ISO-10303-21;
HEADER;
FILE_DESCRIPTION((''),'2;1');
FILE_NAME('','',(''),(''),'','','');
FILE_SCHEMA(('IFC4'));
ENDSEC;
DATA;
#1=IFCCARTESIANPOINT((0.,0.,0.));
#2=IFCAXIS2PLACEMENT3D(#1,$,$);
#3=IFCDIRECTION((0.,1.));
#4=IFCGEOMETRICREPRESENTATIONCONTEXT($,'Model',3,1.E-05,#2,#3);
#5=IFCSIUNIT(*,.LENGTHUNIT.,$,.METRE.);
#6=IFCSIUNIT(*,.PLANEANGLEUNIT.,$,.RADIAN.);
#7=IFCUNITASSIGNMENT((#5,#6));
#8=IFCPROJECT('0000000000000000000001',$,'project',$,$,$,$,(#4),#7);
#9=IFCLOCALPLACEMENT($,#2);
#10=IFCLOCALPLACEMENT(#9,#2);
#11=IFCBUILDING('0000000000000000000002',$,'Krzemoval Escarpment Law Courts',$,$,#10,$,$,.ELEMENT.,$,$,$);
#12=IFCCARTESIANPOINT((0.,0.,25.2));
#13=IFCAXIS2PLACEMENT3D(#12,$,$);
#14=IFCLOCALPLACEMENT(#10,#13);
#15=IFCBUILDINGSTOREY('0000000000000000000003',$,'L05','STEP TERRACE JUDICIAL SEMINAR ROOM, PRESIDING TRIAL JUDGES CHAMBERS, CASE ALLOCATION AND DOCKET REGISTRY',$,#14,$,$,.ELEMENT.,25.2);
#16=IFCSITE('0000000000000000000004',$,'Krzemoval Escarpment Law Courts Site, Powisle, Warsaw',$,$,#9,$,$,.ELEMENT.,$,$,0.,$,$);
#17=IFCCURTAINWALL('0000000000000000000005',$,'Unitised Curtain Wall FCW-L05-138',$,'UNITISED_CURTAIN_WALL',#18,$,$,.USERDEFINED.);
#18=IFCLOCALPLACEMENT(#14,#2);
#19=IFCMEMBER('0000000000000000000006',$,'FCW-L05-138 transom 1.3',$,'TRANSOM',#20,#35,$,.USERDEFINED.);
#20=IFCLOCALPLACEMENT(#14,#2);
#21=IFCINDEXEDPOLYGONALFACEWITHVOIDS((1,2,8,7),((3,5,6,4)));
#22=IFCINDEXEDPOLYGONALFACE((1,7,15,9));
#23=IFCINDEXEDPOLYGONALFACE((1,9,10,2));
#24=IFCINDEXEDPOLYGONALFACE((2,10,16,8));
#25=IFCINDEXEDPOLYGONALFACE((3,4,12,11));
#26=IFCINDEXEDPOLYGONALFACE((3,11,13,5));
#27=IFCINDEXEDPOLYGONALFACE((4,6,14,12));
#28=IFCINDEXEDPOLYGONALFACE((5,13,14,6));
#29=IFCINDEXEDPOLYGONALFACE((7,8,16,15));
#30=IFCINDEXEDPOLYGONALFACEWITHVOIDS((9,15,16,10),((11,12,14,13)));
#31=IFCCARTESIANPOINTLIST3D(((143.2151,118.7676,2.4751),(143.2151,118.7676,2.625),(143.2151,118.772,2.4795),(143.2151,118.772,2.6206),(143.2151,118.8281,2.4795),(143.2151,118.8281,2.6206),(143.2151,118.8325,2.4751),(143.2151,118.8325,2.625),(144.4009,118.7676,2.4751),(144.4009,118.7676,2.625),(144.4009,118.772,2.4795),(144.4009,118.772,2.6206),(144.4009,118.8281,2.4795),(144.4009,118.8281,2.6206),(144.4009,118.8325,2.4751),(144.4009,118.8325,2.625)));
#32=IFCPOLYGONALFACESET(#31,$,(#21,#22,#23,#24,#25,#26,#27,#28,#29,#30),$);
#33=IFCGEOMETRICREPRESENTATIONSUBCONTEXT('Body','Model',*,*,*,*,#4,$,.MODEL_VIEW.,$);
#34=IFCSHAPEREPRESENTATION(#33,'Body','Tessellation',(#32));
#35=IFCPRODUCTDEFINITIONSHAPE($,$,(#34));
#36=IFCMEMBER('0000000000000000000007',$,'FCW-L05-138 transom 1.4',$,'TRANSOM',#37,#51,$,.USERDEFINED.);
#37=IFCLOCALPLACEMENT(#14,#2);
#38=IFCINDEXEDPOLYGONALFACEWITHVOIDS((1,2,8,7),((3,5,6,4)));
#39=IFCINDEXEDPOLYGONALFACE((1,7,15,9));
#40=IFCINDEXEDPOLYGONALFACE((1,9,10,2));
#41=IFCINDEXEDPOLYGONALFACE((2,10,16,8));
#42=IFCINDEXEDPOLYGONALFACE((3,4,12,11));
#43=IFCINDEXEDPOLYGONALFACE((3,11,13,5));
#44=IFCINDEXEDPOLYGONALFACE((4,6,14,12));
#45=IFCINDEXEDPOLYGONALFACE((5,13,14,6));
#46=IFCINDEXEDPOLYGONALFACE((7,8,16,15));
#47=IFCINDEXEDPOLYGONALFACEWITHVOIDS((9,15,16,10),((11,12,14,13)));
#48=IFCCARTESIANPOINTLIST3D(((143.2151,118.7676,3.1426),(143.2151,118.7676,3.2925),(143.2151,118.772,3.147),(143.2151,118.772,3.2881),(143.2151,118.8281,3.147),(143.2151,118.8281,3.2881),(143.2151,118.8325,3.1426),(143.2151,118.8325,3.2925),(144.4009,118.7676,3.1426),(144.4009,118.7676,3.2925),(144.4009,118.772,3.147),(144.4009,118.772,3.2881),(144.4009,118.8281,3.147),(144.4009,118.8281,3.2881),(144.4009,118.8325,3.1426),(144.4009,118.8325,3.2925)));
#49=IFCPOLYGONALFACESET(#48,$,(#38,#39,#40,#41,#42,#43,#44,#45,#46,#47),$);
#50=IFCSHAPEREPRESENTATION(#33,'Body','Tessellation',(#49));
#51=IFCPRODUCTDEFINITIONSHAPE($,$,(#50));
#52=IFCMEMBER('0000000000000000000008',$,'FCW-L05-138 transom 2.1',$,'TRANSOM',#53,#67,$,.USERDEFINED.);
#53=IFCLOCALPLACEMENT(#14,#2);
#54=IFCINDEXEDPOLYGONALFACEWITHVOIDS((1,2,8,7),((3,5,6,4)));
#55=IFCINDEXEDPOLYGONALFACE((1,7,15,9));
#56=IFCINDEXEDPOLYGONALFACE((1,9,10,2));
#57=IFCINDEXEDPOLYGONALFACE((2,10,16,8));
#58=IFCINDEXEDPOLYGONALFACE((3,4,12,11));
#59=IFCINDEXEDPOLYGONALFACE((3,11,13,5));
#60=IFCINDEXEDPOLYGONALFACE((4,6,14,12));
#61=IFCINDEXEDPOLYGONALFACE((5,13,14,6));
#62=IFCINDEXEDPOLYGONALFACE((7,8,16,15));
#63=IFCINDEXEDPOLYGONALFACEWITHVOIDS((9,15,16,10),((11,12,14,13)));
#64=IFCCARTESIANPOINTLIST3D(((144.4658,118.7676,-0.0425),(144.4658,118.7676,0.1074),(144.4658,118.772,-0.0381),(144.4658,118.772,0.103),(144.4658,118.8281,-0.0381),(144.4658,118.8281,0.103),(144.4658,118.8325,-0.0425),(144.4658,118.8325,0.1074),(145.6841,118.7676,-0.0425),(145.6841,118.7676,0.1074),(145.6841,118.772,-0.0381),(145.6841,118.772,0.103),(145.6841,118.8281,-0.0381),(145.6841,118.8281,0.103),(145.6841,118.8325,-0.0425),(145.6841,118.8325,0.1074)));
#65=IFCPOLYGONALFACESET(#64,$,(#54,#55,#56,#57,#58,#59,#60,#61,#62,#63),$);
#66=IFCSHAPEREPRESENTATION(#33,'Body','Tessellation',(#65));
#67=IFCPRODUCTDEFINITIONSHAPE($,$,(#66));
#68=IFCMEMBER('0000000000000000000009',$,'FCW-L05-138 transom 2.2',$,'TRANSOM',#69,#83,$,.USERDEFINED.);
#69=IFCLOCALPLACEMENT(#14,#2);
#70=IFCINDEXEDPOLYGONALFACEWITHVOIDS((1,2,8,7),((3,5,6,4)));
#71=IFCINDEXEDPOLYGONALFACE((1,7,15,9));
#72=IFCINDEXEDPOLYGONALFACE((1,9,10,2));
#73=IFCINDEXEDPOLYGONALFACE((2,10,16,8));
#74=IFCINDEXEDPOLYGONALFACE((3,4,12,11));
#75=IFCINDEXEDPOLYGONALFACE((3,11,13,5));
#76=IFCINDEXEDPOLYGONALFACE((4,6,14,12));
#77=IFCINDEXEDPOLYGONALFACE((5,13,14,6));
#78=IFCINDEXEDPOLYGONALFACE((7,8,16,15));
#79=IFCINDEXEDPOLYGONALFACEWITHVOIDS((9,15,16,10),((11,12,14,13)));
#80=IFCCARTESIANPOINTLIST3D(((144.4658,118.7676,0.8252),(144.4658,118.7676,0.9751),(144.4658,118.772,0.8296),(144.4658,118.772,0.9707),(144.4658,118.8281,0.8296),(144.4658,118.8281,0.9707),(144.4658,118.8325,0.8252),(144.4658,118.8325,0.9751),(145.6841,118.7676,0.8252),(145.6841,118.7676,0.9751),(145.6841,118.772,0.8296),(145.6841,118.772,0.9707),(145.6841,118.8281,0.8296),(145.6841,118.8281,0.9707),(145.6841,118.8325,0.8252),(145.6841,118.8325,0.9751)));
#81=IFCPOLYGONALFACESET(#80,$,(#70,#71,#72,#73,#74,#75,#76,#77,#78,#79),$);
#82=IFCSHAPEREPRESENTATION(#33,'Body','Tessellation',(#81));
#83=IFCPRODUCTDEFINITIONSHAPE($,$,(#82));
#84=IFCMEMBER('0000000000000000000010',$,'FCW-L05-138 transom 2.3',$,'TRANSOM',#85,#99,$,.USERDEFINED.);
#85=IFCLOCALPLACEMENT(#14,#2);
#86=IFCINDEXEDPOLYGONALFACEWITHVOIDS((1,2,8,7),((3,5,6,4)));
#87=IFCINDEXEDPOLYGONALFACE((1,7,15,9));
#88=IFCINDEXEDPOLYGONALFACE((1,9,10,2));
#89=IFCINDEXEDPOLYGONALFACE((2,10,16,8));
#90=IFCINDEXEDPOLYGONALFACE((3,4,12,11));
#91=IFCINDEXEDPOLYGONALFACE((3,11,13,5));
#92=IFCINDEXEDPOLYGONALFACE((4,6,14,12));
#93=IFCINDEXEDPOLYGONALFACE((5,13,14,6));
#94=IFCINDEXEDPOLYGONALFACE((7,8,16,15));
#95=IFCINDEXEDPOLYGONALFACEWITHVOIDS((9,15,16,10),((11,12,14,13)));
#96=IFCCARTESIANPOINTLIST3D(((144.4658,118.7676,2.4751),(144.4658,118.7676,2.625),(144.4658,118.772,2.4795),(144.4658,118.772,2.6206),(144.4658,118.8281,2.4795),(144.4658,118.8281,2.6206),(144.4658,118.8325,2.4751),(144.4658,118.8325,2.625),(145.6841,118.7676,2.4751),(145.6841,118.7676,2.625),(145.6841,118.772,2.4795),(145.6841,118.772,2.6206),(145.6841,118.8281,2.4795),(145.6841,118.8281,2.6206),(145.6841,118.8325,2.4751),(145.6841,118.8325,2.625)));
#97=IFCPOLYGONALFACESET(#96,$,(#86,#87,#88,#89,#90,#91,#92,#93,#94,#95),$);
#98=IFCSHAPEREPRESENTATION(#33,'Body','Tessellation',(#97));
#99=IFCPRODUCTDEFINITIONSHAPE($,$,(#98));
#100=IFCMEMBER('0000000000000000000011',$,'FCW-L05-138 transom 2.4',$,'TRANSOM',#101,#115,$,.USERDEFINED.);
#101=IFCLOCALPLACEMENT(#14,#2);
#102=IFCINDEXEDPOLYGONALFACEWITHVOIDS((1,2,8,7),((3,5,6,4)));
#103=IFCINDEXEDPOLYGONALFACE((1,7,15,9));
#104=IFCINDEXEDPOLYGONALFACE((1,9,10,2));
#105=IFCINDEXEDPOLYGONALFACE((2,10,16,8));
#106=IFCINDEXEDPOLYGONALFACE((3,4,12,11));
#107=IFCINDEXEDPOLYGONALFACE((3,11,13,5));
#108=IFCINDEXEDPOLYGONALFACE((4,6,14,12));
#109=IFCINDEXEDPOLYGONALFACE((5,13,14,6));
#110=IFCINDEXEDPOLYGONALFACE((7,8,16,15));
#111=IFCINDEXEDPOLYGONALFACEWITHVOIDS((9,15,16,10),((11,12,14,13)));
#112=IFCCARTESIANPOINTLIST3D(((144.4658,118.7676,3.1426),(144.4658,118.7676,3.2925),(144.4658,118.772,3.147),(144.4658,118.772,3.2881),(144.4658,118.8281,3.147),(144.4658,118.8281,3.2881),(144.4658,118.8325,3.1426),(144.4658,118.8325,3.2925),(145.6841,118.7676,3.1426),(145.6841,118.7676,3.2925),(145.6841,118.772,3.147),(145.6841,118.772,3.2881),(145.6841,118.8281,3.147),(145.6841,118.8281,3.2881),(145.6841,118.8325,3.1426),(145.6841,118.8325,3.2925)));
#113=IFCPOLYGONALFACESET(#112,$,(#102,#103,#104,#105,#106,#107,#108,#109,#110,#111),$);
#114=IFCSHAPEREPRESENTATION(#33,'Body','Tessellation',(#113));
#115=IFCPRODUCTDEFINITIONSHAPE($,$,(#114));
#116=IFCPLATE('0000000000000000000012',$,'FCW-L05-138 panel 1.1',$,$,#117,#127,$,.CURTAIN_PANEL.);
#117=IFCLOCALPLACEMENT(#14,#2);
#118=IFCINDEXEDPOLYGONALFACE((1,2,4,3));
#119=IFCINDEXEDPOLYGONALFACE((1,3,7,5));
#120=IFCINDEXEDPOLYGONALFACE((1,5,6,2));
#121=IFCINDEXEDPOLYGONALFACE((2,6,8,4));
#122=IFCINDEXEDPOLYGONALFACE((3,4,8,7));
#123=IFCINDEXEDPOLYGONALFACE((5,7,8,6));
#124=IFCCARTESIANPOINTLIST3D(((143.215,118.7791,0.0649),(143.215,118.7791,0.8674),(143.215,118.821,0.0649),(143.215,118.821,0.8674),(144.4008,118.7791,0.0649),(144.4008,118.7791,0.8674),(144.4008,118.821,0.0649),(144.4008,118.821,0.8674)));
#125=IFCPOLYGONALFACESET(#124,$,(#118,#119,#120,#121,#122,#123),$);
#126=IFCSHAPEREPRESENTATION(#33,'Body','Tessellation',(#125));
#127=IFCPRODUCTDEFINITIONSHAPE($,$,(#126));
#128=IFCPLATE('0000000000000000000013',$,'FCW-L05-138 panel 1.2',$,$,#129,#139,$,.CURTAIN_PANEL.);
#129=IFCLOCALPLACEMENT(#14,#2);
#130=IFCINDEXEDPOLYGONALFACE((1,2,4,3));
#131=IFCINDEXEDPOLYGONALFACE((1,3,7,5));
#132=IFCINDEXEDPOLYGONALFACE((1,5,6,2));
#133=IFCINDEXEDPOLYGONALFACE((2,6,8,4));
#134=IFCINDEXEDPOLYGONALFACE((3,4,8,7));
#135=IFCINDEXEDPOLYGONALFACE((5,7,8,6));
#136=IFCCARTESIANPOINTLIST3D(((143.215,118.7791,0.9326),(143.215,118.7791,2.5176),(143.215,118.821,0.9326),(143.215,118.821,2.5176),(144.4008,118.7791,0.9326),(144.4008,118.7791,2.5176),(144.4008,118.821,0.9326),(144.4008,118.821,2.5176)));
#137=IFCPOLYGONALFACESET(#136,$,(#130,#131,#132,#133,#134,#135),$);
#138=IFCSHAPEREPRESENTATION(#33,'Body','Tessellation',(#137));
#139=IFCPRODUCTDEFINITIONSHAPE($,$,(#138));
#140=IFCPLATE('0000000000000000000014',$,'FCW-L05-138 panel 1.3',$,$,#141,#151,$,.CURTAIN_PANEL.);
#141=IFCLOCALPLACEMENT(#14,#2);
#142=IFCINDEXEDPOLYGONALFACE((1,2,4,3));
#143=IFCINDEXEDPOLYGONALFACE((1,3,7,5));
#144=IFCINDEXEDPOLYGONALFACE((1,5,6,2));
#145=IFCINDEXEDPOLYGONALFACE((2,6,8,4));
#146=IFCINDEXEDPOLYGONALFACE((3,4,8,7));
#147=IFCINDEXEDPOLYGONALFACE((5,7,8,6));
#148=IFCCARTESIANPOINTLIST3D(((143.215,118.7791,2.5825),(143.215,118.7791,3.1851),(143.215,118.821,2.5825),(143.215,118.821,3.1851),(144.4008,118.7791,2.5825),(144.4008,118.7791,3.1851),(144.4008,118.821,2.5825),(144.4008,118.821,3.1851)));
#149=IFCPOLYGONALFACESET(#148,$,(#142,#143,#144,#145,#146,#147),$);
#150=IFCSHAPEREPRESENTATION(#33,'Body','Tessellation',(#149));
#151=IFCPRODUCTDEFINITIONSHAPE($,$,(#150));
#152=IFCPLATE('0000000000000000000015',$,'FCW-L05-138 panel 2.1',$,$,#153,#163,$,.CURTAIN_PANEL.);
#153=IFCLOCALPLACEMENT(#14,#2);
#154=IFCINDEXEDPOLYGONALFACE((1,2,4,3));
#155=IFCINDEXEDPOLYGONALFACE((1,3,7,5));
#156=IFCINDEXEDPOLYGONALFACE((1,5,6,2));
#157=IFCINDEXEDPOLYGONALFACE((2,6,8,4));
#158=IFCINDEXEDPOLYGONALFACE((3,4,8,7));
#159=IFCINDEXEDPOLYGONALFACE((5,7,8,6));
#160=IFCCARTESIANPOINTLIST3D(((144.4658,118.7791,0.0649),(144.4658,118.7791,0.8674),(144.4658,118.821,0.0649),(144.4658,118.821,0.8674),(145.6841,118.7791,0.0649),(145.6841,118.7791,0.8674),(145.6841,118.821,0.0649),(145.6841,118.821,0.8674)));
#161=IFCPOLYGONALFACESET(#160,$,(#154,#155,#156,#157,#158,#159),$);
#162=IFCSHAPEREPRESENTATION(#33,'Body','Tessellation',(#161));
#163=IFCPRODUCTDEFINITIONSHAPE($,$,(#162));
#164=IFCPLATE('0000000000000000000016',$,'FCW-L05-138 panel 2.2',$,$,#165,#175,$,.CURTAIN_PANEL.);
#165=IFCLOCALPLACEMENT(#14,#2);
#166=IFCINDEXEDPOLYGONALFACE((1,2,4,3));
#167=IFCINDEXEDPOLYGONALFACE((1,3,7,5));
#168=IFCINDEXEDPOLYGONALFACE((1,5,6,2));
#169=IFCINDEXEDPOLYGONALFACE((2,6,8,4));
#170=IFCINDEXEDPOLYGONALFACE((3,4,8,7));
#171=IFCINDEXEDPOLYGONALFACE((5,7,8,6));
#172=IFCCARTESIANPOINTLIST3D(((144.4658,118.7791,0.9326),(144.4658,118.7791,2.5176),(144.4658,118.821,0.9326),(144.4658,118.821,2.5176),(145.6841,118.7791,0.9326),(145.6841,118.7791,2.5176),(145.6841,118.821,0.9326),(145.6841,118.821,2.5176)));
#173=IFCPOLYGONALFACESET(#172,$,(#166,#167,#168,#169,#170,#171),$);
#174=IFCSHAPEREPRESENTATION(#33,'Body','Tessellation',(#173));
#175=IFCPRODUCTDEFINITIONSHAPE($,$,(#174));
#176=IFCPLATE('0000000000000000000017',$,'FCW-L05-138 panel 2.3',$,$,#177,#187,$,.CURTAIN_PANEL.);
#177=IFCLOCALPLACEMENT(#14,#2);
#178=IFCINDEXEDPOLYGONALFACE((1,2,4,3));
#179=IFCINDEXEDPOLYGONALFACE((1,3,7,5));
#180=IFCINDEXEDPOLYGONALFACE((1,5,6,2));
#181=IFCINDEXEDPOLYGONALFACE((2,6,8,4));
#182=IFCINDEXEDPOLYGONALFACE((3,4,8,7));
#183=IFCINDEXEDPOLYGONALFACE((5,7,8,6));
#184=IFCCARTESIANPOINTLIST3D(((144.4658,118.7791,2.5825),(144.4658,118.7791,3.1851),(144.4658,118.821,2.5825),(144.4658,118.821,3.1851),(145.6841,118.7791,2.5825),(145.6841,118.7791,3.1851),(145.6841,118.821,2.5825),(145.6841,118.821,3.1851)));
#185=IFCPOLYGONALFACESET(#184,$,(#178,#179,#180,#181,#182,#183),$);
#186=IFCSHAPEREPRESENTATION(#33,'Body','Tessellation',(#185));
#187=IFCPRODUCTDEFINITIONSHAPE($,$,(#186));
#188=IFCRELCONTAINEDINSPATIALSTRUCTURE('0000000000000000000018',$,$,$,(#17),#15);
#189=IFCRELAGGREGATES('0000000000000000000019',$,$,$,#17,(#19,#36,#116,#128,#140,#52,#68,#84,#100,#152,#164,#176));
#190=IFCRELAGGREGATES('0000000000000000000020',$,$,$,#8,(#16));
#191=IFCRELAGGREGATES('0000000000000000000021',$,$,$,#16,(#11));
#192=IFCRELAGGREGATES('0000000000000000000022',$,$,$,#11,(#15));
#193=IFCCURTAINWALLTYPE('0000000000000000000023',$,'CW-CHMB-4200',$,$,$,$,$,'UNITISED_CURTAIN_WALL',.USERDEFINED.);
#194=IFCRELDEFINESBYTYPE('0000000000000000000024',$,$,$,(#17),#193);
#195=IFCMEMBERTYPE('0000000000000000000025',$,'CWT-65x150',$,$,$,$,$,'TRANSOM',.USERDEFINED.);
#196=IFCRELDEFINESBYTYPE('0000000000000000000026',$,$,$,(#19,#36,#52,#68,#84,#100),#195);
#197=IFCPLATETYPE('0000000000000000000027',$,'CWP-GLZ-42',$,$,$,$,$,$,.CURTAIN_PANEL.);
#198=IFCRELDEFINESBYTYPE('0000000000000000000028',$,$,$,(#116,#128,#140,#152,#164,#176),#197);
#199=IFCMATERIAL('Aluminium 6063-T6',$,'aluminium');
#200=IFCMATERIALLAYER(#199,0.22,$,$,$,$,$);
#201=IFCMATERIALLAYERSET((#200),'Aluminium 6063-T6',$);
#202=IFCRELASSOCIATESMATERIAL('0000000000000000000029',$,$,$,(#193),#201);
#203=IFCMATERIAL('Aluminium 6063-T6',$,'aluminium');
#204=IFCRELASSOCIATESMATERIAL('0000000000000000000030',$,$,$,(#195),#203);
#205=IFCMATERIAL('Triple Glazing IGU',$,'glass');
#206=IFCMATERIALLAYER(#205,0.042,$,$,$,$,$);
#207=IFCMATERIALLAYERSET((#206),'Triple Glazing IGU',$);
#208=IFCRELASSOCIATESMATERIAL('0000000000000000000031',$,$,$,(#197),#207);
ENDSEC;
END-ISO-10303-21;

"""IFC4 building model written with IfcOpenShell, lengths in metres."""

from ifc_helpers import new_model, si_unit, direction, frame, origin, origin_2d, place, context, subcontext, project, spatial, rectangle, hollow_rectangle, extrude, material, layer, layer_set, material_profile, profile_set, type_object, element, aggregate, save


model = new_model("IFC4")

# Units and contexts
model_context = context("Model", 3, precision=1e-05, world=origin(), true_north=direction((0.0, 1.0)))
body_context = subcontext(model_context, "Body", "Model", "MODEL_VIEW")
ifc_project = project(units=[si_unit("LENGTHUNIT", "METRE"), si_unit("PLANEANGLEUNIT", "RADIAN")], contexts=[model_context])

# Site, building, storey
site_placement = place(None, origin())
site = spatial("IfcSite", under=ifc_project, at=site_placement, Name="Krzemoval Escarpment Law Courts Site, Powisle, Warsaw", CompositionType="ELEMENT", RefElevation=0.0)
building_placement = place(site_placement, origin())
building = spatial("IfcBuilding", under=site, at=building_placement, Name="Krzemoval Escarpment Law Courts", CompositionType="ELEMENT")
storey_placement = place(building_placement, frame((0.0, 0.0, 25.2)))
storey = spatial("IfcBuildingStorey", under=building, at=storey_placement, Name="L05", Description="STEP TERRACE JUDICIAL SEMINAR ROOM, PRESIDING TRIAL JUDGES CHAMBERS, CASE ALLOCATION AND DOCKET REGISTRY", CompositionType="ELEMENT", Elevation=25.2)

# Curtain wall, members, plates
ifc_material_1 = material(Name="Aluminium 6063-T6", Category="aluminium")
ifc_layer_1 = layer(ifc_material_1, 0.22)
ifc_layer_set_1 = layer_set([ifc_layer_1], Name="Aluminium 6063-T6")
curtain_wall_type = type_object("IfcCurtainWallType", Name="CW-CHMB-4200", ElementType="UNITISED_CURTAIN_WALL", PredefinedType="USERDEFINED", material=ifc_layer_set_1)
curtain_wall_placement = place(storey_placement, origin())
curtain_wall = element("IfcCurtainWall", 1, at=curtain_wall_placement, inside=storey, type_object=curtain_wall_type, Name="Unitised Curtain Wall FCW-L05-138", ObjectType="UNITISED_CURTAIN_WALL", PredefinedType="USERDEFINED")
ifc_material_2 = material(Name="Aluminium 6063-T6", Category="aluminium")
ifc_material_profile_1 = material_profile(ifc_material_2, hollow_rectangle(XDim=0.0649, YDim=0.1499, WallThickness=0.0044, at=origin_2d()), Name="ALU T65x150")
ifc_profile_set_1 = profile_set([ifc_material_profile_1], Name="Aluminium 6063-T6")
member_type_1 = type_object("IfcMemberType", Name="CWT-65x150", ElementType="TRANSOM", PredefinedType="USERDEFINED", material=ifc_profile_set_1)
member_1_placement = place(storey_placement, frame((143.2151, 118.8, 2.55), z_axis=(1.0, 0.0, 0.0), x_axis=(0.0, 1.0, 0.0)))
member_1 = element("IfcMember", 2, at=member_1_placement, type_object=member_type_1, Name="FCW-L05-138 transom 1.3", ObjectType="TRANSOM", PredefinedType="USERDEFINED", context=body_context, shape_type="SweptSolid", body=[
    extrude(hollow_rectangle(XDim=0.0649, YDim=0.1499, WallThickness=0.0044, at=origin_2d()), origin(), (0.0, 0.0, 1.0), 1.1858),
])
member_2_placement = place(storey_placement, frame((143.2151, 118.8, 3.2175), z_axis=(1.0, 0.0, 0.0), x_axis=(0.0, 1.0, 0.0)))
member_2 = element("IfcMember", 3, at=member_2_placement, type_object=member_type_1, Name="FCW-L05-138 transom 1.4", ObjectType="TRANSOM", PredefinedType="USERDEFINED", context=body_context, shape_type="SweptSolid", body=[
    extrude(hollow_rectangle(XDim=0.0649, YDim=0.1499, WallThickness=0.0044, at=origin_2d()), origin(), (0.0, 0.0, 1.0), 1.1858),
])
member_3_placement = place(storey_placement, frame((144.4658, 118.8, 0.0325), z_axis=(1.0, 0.0, 0.0), x_axis=(0.0, 1.0, 0.0)))
member_3 = element("IfcMember", 4, at=member_3_placement, type_object=member_type_1, Name="FCW-L05-138 transom 2.1", ObjectType="TRANSOM", PredefinedType="USERDEFINED", context=body_context, shape_type="SweptSolid", body=[
    extrude(hollow_rectangle(XDim=0.0649, YDim=0.1499, WallThickness=0.0044, at=origin_2d()), origin(), (0.0, 0.0, 1.0), 1.2183),
])
member_4_placement = place(storey_placement, frame((144.4658, 118.8, 0.9001), z_axis=(1.0, 0.0, 0.0), x_axis=(0.0, 1.0, 0.0)))
member_4 = element("IfcMember", 5, at=member_4_placement, type_object=member_type_1, Name="FCW-L05-138 transom 2.2", ObjectType="TRANSOM", PredefinedType="USERDEFINED", context=body_context, shape_type="SweptSolid", body=[
    extrude(hollow_rectangle(XDim=0.0649, YDim=0.1499, WallThickness=0.0044, at=origin_2d()), origin(), (0.0, 0.0, 1.0), 1.2183),
])
member_5_placement = place(storey_placement, frame((144.4658, 118.8, 2.55), z_axis=(1.0, 0.0, 0.0), x_axis=(0.0, 1.0, 0.0)))
member_5 = element("IfcMember", 6, at=member_5_placement, type_object=member_type_1, Name="FCW-L05-138 transom 2.3", ObjectType="TRANSOM", PredefinedType="USERDEFINED", context=body_context, shape_type="SweptSolid", body=[
    extrude(hollow_rectangle(XDim=0.0649, YDim=0.1499, WallThickness=0.0044, at=origin_2d()), origin(), (0.0, 0.0, 1.0), 1.2183),
])
member_6_placement = place(storey_placement, frame((144.4658, 118.8, 3.2175), z_axis=(1.0, 0.0, 0.0), x_axis=(0.0, 1.0, 0.0)))
member_6 = element("IfcMember", 7, at=member_6_placement, type_object=member_type_1, Name="FCW-L05-138 transom 2.4", ObjectType="TRANSOM", PredefinedType="USERDEFINED", context=body_context, shape_type="SweptSolid", body=[
    extrude(hollow_rectangle(XDim=0.0649, YDim=0.1499, WallThickness=0.0044, at=origin_2d()), origin(), (0.0, 0.0, 1.0), 1.2183),
])
ifc_material_3 = material(Name="Triple Glazing IGU", Category="glass")
ifc_layer_2 = layer(ifc_material_3, 0.042)
ifc_layer_set_2 = layer_set([ifc_layer_2], Name="Triple Glazing IGU")
plate_type = type_object("IfcPlateType", Name="CWP-GLZ-42", PredefinedType="CURTAIN_PANEL", material=ifc_layer_set_2)
plate_1_placement = place(storey_placement, frame((143.8079, 118.8, 0.0649), z_axis=(0.0, 0.0, 1.0), x_axis=(1.0, 0.0, 0.0)))
plate_1 = element("IfcPlate", 8, at=plate_1_placement, type_object=plate_type, Name="FCW-L05-138 panel 1.1", PredefinedType="CURTAIN_PANEL", context=body_context, shape_type="SweptSolid", body=[
    extrude(rectangle(XDim=1.1858, YDim=0.042, at=origin_2d()), origin(), (0.0, 0.0, 1.0), 0.8025),
])
plate_2_placement = place(storey_placement, frame((143.8079, 118.8, 0.9326), z_axis=(0.0, 0.0, 1.0), x_axis=(1.0, 0.0, 0.0)))
plate_2 = element("IfcPlate", 9, at=plate_2_placement, type_object=plate_type, Name="FCW-L05-138 panel 1.2", PredefinedType="CURTAIN_PANEL", context=body_context, shape_type="SweptSolid", body=[
    extrude(rectangle(XDim=1.1858, YDim=0.042, at=origin_2d()), origin(), (0.0, 0.0, 1.0), 1.585),
])
plate_3_placement = place(storey_placement, frame((143.8079, 118.8, 2.5825), z_axis=(0.0, 0.0, 1.0), x_axis=(1.0, 0.0, 0.0)))
plate_3 = element("IfcPlate", 10, at=plate_3_placement, type_object=plate_type, Name="FCW-L05-138 panel 1.3", PredefinedType="CURTAIN_PANEL", context=body_context, shape_type="SweptSolid", body=[
    extrude(rectangle(XDim=1.1858, YDim=0.042, at=origin_2d()), origin(), (0.0, 0.0, 1.0), 0.6025),
])
plate_4_placement = place(storey_placement, frame((145.075, 118.8, 0.0649), z_axis=(0.0, 0.0, 1.0), x_axis=(1.0, 0.0, 0.0)))
plate_4 = element("IfcPlate", 11, at=plate_4_placement, type_object=plate_type, Name="FCW-L05-138 panel 2.1", PredefinedType="CURTAIN_PANEL", context=body_context, shape_type="SweptSolid", body=[
    extrude(rectangle(XDim=1.2183, YDim=0.042, at=origin_2d()), origin(), (0.0, 0.0, 1.0), 0.8025),
])
plate_5_placement = place(storey_placement, frame((145.075, 118.8, 0.9326), z_axis=(0.0, 0.0, 1.0), x_axis=(1.0, 0.0, 0.0)))
plate_5 = element("IfcPlate", 12, at=plate_5_placement, type_object=plate_type, Name="FCW-L05-138 panel 2.2", PredefinedType="CURTAIN_PANEL", context=body_context, shape_type="SweptSolid", body=[
    extrude(rectangle(XDim=1.2183, YDim=0.042, at=origin_2d()), origin(), (0.0, 0.0, 1.0), 1.585),
])
plate_6_placement = place(storey_placement, frame((145.075, 118.8, 2.5825), z_axis=(0.0, 0.0, 1.0), x_axis=(1.0, 0.0, 0.0)))
plate_6 = element("IfcPlate", 13, at=plate_6_placement, type_object=plate_type, Name="FCW-L05-138 panel 2.3", PredefinedType="CURTAIN_PANEL", context=body_context, shape_type="SweptSolid", body=[
    extrude(rectangle(XDim=1.2183, YDim=0.042, at=origin_2d()), origin(), (0.0, 0.0, 1.0), 0.6025),
])
aggregate(curtain_wall, [member_1, member_2, plate_1, plate_2, plate_3, member_3, member_4, member_5, member_6, plate_4, plate_5, plate_6])

save(model, "model.ifc")
